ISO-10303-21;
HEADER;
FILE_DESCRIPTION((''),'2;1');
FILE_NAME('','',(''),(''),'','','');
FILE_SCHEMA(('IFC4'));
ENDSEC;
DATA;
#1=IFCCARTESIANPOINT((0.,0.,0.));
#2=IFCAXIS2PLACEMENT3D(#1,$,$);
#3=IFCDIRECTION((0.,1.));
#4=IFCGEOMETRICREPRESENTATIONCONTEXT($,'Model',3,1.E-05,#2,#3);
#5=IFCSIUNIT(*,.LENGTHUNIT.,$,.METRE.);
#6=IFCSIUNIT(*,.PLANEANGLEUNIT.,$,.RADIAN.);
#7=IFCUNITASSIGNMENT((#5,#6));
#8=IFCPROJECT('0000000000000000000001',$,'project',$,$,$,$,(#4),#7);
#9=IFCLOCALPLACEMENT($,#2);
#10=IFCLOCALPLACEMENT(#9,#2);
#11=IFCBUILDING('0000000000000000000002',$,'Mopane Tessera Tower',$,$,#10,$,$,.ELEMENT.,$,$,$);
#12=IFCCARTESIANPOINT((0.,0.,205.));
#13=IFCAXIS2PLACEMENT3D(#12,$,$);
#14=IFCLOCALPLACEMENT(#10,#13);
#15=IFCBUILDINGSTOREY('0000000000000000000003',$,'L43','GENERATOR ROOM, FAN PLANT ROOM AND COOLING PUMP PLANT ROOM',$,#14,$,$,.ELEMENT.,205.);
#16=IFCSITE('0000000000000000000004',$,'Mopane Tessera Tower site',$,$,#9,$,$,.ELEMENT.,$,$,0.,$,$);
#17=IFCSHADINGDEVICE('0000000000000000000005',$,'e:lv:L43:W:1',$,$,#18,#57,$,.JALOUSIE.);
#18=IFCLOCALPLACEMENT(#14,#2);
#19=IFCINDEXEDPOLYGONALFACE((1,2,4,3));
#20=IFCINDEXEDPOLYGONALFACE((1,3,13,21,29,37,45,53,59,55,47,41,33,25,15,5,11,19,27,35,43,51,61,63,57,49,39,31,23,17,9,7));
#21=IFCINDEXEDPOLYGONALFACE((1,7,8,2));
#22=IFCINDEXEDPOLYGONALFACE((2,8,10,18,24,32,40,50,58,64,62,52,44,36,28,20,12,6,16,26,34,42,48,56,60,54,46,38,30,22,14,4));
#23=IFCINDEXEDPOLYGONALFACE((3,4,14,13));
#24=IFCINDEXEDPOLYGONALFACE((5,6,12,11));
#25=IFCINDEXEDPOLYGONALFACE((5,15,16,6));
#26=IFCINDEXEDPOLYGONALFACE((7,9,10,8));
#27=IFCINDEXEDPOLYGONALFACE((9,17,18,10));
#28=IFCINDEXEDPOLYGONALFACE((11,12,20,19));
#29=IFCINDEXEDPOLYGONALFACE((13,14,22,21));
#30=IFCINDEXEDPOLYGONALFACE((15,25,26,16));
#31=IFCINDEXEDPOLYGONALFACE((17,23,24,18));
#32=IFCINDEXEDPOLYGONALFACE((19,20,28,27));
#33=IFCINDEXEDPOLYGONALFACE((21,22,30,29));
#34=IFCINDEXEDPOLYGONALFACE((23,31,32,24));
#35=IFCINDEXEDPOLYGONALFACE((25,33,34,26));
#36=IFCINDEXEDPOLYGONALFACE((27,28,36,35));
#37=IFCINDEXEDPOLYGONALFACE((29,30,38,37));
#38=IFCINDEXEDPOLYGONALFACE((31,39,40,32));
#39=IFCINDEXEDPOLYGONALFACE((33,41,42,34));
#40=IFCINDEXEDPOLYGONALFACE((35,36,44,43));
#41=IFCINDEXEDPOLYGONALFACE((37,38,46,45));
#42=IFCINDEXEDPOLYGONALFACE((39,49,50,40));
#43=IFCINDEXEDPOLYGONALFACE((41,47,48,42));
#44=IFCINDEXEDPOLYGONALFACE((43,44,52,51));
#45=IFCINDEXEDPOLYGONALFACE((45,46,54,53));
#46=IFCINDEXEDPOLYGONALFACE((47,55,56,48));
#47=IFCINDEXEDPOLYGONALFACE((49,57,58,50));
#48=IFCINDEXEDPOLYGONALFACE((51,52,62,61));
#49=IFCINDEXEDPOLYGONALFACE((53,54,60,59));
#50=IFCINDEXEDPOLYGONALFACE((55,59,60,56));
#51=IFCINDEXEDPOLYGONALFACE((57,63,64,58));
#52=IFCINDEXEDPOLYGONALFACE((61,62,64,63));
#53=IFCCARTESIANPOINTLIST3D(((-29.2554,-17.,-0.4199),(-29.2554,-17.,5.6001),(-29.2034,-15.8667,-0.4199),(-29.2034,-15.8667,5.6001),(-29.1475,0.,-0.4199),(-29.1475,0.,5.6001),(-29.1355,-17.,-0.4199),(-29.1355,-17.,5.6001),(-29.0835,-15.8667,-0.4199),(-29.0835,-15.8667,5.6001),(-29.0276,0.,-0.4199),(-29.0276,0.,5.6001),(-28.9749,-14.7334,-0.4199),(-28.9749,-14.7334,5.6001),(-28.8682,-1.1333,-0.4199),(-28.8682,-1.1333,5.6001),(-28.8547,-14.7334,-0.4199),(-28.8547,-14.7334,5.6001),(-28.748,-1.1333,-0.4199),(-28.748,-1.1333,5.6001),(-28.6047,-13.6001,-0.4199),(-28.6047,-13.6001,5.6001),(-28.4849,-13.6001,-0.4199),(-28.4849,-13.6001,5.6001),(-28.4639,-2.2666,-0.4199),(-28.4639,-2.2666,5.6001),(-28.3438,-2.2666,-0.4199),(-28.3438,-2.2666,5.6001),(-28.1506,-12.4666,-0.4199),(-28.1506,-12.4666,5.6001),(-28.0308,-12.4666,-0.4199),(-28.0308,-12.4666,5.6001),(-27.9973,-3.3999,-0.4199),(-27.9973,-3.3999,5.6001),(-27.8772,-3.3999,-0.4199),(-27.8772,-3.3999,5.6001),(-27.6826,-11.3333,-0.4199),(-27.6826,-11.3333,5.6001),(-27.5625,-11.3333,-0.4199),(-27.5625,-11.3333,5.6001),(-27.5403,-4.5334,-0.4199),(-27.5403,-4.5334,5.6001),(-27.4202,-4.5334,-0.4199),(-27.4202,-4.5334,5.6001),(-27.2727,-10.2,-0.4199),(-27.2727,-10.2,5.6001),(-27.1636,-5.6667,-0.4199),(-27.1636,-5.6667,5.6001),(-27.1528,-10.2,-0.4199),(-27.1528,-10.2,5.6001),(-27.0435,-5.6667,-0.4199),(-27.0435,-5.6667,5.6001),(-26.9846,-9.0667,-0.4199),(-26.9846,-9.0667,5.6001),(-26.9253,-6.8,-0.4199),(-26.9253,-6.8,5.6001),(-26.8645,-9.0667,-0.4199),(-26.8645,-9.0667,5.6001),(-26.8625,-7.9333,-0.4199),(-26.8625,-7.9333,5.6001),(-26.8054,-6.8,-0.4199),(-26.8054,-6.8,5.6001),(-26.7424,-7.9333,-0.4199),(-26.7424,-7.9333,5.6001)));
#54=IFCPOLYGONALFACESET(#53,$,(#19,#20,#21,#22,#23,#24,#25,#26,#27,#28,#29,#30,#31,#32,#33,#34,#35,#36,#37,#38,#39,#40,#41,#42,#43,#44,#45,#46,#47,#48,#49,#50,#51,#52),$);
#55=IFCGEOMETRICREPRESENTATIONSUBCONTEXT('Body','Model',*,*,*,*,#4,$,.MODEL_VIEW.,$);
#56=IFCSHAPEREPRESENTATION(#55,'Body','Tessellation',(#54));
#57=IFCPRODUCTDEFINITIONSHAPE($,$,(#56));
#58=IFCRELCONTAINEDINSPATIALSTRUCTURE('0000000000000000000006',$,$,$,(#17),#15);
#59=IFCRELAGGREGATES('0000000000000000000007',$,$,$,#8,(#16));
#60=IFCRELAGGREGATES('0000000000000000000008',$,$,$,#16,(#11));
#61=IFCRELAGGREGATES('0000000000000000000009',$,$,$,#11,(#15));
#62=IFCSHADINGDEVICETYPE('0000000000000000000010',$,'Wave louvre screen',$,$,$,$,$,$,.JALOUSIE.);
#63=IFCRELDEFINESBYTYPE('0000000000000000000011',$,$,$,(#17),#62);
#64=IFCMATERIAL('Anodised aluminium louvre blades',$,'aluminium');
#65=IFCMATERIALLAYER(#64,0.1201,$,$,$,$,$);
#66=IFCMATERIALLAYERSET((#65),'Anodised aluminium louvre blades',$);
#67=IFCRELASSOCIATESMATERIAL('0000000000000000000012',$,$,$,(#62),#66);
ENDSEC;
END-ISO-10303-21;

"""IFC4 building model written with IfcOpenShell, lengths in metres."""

from ifc_helpers import new_model, si_unit, direction, frame, origin, place, context, subcontext, project, spatial, polyline, outline, extrude, material, layer, layer_set, type_object, element, save


model = new_model("IFC4")

# Units and contexts
model_context = context("Model", 3, precision=1e-05, world=origin(), true_north=direction((0.0, 1.0)))
body_context = subcontext(model_context, "Body", "Model", "MODEL_VIEW")
ifc_project = project(units=[si_unit("LENGTHUNIT", "METRE"), si_unit("PLANEANGLEUNIT", "RADIAN")], contexts=[model_context])

# Site, building, storey
site_placement = place(None, origin())
site = spatial("IfcSite", under=ifc_project, at=site_placement, Name="Mopane Tessera Tower site", CompositionType="ELEMENT", RefElevation=0.0)
building_placement = place(site_placement, origin())
building = spatial("IfcBuilding", under=site, at=building_placement, Name="Mopane Tessera Tower", CompositionType="ELEMENT")
storey_placement = place(building_placement, frame((0.0, 0.0, 205.0)))
storey = spatial("IfcBuildingStorey", under=building, at=storey_placement, Name="L43", Description="GENERATOR ROOM, FAN PLANT ROOM AND COOLING PUMP PLANT ROOM", CompositionType="ELEMENT", Elevation=205.0)

# Shading device
ifc_material_1 = material(Name="Anodised aluminium louvre blades", Category="aluminium")
ifc_layer_1 = layer(ifc_material_1, 0.1201)
ifc_layer_set_1 = layer_set([ifc_layer_1], Name="Anodised aluminium louvre blades")
shading_device_type = type_object("IfcShadingDeviceType", Name="Wave louvre screen", PredefinedType="JALOUSIE", material=ifc_layer_set_1)
shading_device_1_placement = place(storey_placement, frame((0.0, 0.0, -0.4199)))
element("IfcShadingDevice", 1, at=shading_device_1_placement, inside=storey, type_object=shading_device_type, Name="e:lv:L43:W:1", PredefinedType="JALOUSIE", context=body_context, shape_type="SweptSolid", body=[
    extrude(outline(polyline([(-29.0276, 0.0), (-28.748, -1.1333), (-28.3438, -2.2666), (-27.8772, -3.3999), (-27.4202, -4.5334), (-27.0435, -5.6667), (-26.8054, -6.8), (-26.7424, -7.9333), (-26.8645, -9.0667), (-27.1528, -10.2), (-27.5625, -11.3333), (-28.0308, -12.4666), (-28.4849, -13.6001), (-28.8547, -14.7334), (-29.0835, -15.8667), (-29.1355, -17.0), (-29.2554, -17.0), (-29.2034, -15.8667), (-28.9749, -14.7334), (-28.6047, -13.6001), (-28.1506, -12.4666), (-27.6826, -11.3333), (-27.2727, -10.2), (-26.9846, -9.0667), (-26.8625, -7.9333), (-26.9253, -6.8), (-27.1636, -5.6667), (-27.5403, -4.5334), (-27.9973, -3.3999), (-28.4639, -2.2666), (-28.8682, -1.1333), (-29.1475, 0.0), (-29.0276, 0.0)])), origin(), (0.0, 0.0, 1.0), 6.02),
])

save(model, "model.ifc")
